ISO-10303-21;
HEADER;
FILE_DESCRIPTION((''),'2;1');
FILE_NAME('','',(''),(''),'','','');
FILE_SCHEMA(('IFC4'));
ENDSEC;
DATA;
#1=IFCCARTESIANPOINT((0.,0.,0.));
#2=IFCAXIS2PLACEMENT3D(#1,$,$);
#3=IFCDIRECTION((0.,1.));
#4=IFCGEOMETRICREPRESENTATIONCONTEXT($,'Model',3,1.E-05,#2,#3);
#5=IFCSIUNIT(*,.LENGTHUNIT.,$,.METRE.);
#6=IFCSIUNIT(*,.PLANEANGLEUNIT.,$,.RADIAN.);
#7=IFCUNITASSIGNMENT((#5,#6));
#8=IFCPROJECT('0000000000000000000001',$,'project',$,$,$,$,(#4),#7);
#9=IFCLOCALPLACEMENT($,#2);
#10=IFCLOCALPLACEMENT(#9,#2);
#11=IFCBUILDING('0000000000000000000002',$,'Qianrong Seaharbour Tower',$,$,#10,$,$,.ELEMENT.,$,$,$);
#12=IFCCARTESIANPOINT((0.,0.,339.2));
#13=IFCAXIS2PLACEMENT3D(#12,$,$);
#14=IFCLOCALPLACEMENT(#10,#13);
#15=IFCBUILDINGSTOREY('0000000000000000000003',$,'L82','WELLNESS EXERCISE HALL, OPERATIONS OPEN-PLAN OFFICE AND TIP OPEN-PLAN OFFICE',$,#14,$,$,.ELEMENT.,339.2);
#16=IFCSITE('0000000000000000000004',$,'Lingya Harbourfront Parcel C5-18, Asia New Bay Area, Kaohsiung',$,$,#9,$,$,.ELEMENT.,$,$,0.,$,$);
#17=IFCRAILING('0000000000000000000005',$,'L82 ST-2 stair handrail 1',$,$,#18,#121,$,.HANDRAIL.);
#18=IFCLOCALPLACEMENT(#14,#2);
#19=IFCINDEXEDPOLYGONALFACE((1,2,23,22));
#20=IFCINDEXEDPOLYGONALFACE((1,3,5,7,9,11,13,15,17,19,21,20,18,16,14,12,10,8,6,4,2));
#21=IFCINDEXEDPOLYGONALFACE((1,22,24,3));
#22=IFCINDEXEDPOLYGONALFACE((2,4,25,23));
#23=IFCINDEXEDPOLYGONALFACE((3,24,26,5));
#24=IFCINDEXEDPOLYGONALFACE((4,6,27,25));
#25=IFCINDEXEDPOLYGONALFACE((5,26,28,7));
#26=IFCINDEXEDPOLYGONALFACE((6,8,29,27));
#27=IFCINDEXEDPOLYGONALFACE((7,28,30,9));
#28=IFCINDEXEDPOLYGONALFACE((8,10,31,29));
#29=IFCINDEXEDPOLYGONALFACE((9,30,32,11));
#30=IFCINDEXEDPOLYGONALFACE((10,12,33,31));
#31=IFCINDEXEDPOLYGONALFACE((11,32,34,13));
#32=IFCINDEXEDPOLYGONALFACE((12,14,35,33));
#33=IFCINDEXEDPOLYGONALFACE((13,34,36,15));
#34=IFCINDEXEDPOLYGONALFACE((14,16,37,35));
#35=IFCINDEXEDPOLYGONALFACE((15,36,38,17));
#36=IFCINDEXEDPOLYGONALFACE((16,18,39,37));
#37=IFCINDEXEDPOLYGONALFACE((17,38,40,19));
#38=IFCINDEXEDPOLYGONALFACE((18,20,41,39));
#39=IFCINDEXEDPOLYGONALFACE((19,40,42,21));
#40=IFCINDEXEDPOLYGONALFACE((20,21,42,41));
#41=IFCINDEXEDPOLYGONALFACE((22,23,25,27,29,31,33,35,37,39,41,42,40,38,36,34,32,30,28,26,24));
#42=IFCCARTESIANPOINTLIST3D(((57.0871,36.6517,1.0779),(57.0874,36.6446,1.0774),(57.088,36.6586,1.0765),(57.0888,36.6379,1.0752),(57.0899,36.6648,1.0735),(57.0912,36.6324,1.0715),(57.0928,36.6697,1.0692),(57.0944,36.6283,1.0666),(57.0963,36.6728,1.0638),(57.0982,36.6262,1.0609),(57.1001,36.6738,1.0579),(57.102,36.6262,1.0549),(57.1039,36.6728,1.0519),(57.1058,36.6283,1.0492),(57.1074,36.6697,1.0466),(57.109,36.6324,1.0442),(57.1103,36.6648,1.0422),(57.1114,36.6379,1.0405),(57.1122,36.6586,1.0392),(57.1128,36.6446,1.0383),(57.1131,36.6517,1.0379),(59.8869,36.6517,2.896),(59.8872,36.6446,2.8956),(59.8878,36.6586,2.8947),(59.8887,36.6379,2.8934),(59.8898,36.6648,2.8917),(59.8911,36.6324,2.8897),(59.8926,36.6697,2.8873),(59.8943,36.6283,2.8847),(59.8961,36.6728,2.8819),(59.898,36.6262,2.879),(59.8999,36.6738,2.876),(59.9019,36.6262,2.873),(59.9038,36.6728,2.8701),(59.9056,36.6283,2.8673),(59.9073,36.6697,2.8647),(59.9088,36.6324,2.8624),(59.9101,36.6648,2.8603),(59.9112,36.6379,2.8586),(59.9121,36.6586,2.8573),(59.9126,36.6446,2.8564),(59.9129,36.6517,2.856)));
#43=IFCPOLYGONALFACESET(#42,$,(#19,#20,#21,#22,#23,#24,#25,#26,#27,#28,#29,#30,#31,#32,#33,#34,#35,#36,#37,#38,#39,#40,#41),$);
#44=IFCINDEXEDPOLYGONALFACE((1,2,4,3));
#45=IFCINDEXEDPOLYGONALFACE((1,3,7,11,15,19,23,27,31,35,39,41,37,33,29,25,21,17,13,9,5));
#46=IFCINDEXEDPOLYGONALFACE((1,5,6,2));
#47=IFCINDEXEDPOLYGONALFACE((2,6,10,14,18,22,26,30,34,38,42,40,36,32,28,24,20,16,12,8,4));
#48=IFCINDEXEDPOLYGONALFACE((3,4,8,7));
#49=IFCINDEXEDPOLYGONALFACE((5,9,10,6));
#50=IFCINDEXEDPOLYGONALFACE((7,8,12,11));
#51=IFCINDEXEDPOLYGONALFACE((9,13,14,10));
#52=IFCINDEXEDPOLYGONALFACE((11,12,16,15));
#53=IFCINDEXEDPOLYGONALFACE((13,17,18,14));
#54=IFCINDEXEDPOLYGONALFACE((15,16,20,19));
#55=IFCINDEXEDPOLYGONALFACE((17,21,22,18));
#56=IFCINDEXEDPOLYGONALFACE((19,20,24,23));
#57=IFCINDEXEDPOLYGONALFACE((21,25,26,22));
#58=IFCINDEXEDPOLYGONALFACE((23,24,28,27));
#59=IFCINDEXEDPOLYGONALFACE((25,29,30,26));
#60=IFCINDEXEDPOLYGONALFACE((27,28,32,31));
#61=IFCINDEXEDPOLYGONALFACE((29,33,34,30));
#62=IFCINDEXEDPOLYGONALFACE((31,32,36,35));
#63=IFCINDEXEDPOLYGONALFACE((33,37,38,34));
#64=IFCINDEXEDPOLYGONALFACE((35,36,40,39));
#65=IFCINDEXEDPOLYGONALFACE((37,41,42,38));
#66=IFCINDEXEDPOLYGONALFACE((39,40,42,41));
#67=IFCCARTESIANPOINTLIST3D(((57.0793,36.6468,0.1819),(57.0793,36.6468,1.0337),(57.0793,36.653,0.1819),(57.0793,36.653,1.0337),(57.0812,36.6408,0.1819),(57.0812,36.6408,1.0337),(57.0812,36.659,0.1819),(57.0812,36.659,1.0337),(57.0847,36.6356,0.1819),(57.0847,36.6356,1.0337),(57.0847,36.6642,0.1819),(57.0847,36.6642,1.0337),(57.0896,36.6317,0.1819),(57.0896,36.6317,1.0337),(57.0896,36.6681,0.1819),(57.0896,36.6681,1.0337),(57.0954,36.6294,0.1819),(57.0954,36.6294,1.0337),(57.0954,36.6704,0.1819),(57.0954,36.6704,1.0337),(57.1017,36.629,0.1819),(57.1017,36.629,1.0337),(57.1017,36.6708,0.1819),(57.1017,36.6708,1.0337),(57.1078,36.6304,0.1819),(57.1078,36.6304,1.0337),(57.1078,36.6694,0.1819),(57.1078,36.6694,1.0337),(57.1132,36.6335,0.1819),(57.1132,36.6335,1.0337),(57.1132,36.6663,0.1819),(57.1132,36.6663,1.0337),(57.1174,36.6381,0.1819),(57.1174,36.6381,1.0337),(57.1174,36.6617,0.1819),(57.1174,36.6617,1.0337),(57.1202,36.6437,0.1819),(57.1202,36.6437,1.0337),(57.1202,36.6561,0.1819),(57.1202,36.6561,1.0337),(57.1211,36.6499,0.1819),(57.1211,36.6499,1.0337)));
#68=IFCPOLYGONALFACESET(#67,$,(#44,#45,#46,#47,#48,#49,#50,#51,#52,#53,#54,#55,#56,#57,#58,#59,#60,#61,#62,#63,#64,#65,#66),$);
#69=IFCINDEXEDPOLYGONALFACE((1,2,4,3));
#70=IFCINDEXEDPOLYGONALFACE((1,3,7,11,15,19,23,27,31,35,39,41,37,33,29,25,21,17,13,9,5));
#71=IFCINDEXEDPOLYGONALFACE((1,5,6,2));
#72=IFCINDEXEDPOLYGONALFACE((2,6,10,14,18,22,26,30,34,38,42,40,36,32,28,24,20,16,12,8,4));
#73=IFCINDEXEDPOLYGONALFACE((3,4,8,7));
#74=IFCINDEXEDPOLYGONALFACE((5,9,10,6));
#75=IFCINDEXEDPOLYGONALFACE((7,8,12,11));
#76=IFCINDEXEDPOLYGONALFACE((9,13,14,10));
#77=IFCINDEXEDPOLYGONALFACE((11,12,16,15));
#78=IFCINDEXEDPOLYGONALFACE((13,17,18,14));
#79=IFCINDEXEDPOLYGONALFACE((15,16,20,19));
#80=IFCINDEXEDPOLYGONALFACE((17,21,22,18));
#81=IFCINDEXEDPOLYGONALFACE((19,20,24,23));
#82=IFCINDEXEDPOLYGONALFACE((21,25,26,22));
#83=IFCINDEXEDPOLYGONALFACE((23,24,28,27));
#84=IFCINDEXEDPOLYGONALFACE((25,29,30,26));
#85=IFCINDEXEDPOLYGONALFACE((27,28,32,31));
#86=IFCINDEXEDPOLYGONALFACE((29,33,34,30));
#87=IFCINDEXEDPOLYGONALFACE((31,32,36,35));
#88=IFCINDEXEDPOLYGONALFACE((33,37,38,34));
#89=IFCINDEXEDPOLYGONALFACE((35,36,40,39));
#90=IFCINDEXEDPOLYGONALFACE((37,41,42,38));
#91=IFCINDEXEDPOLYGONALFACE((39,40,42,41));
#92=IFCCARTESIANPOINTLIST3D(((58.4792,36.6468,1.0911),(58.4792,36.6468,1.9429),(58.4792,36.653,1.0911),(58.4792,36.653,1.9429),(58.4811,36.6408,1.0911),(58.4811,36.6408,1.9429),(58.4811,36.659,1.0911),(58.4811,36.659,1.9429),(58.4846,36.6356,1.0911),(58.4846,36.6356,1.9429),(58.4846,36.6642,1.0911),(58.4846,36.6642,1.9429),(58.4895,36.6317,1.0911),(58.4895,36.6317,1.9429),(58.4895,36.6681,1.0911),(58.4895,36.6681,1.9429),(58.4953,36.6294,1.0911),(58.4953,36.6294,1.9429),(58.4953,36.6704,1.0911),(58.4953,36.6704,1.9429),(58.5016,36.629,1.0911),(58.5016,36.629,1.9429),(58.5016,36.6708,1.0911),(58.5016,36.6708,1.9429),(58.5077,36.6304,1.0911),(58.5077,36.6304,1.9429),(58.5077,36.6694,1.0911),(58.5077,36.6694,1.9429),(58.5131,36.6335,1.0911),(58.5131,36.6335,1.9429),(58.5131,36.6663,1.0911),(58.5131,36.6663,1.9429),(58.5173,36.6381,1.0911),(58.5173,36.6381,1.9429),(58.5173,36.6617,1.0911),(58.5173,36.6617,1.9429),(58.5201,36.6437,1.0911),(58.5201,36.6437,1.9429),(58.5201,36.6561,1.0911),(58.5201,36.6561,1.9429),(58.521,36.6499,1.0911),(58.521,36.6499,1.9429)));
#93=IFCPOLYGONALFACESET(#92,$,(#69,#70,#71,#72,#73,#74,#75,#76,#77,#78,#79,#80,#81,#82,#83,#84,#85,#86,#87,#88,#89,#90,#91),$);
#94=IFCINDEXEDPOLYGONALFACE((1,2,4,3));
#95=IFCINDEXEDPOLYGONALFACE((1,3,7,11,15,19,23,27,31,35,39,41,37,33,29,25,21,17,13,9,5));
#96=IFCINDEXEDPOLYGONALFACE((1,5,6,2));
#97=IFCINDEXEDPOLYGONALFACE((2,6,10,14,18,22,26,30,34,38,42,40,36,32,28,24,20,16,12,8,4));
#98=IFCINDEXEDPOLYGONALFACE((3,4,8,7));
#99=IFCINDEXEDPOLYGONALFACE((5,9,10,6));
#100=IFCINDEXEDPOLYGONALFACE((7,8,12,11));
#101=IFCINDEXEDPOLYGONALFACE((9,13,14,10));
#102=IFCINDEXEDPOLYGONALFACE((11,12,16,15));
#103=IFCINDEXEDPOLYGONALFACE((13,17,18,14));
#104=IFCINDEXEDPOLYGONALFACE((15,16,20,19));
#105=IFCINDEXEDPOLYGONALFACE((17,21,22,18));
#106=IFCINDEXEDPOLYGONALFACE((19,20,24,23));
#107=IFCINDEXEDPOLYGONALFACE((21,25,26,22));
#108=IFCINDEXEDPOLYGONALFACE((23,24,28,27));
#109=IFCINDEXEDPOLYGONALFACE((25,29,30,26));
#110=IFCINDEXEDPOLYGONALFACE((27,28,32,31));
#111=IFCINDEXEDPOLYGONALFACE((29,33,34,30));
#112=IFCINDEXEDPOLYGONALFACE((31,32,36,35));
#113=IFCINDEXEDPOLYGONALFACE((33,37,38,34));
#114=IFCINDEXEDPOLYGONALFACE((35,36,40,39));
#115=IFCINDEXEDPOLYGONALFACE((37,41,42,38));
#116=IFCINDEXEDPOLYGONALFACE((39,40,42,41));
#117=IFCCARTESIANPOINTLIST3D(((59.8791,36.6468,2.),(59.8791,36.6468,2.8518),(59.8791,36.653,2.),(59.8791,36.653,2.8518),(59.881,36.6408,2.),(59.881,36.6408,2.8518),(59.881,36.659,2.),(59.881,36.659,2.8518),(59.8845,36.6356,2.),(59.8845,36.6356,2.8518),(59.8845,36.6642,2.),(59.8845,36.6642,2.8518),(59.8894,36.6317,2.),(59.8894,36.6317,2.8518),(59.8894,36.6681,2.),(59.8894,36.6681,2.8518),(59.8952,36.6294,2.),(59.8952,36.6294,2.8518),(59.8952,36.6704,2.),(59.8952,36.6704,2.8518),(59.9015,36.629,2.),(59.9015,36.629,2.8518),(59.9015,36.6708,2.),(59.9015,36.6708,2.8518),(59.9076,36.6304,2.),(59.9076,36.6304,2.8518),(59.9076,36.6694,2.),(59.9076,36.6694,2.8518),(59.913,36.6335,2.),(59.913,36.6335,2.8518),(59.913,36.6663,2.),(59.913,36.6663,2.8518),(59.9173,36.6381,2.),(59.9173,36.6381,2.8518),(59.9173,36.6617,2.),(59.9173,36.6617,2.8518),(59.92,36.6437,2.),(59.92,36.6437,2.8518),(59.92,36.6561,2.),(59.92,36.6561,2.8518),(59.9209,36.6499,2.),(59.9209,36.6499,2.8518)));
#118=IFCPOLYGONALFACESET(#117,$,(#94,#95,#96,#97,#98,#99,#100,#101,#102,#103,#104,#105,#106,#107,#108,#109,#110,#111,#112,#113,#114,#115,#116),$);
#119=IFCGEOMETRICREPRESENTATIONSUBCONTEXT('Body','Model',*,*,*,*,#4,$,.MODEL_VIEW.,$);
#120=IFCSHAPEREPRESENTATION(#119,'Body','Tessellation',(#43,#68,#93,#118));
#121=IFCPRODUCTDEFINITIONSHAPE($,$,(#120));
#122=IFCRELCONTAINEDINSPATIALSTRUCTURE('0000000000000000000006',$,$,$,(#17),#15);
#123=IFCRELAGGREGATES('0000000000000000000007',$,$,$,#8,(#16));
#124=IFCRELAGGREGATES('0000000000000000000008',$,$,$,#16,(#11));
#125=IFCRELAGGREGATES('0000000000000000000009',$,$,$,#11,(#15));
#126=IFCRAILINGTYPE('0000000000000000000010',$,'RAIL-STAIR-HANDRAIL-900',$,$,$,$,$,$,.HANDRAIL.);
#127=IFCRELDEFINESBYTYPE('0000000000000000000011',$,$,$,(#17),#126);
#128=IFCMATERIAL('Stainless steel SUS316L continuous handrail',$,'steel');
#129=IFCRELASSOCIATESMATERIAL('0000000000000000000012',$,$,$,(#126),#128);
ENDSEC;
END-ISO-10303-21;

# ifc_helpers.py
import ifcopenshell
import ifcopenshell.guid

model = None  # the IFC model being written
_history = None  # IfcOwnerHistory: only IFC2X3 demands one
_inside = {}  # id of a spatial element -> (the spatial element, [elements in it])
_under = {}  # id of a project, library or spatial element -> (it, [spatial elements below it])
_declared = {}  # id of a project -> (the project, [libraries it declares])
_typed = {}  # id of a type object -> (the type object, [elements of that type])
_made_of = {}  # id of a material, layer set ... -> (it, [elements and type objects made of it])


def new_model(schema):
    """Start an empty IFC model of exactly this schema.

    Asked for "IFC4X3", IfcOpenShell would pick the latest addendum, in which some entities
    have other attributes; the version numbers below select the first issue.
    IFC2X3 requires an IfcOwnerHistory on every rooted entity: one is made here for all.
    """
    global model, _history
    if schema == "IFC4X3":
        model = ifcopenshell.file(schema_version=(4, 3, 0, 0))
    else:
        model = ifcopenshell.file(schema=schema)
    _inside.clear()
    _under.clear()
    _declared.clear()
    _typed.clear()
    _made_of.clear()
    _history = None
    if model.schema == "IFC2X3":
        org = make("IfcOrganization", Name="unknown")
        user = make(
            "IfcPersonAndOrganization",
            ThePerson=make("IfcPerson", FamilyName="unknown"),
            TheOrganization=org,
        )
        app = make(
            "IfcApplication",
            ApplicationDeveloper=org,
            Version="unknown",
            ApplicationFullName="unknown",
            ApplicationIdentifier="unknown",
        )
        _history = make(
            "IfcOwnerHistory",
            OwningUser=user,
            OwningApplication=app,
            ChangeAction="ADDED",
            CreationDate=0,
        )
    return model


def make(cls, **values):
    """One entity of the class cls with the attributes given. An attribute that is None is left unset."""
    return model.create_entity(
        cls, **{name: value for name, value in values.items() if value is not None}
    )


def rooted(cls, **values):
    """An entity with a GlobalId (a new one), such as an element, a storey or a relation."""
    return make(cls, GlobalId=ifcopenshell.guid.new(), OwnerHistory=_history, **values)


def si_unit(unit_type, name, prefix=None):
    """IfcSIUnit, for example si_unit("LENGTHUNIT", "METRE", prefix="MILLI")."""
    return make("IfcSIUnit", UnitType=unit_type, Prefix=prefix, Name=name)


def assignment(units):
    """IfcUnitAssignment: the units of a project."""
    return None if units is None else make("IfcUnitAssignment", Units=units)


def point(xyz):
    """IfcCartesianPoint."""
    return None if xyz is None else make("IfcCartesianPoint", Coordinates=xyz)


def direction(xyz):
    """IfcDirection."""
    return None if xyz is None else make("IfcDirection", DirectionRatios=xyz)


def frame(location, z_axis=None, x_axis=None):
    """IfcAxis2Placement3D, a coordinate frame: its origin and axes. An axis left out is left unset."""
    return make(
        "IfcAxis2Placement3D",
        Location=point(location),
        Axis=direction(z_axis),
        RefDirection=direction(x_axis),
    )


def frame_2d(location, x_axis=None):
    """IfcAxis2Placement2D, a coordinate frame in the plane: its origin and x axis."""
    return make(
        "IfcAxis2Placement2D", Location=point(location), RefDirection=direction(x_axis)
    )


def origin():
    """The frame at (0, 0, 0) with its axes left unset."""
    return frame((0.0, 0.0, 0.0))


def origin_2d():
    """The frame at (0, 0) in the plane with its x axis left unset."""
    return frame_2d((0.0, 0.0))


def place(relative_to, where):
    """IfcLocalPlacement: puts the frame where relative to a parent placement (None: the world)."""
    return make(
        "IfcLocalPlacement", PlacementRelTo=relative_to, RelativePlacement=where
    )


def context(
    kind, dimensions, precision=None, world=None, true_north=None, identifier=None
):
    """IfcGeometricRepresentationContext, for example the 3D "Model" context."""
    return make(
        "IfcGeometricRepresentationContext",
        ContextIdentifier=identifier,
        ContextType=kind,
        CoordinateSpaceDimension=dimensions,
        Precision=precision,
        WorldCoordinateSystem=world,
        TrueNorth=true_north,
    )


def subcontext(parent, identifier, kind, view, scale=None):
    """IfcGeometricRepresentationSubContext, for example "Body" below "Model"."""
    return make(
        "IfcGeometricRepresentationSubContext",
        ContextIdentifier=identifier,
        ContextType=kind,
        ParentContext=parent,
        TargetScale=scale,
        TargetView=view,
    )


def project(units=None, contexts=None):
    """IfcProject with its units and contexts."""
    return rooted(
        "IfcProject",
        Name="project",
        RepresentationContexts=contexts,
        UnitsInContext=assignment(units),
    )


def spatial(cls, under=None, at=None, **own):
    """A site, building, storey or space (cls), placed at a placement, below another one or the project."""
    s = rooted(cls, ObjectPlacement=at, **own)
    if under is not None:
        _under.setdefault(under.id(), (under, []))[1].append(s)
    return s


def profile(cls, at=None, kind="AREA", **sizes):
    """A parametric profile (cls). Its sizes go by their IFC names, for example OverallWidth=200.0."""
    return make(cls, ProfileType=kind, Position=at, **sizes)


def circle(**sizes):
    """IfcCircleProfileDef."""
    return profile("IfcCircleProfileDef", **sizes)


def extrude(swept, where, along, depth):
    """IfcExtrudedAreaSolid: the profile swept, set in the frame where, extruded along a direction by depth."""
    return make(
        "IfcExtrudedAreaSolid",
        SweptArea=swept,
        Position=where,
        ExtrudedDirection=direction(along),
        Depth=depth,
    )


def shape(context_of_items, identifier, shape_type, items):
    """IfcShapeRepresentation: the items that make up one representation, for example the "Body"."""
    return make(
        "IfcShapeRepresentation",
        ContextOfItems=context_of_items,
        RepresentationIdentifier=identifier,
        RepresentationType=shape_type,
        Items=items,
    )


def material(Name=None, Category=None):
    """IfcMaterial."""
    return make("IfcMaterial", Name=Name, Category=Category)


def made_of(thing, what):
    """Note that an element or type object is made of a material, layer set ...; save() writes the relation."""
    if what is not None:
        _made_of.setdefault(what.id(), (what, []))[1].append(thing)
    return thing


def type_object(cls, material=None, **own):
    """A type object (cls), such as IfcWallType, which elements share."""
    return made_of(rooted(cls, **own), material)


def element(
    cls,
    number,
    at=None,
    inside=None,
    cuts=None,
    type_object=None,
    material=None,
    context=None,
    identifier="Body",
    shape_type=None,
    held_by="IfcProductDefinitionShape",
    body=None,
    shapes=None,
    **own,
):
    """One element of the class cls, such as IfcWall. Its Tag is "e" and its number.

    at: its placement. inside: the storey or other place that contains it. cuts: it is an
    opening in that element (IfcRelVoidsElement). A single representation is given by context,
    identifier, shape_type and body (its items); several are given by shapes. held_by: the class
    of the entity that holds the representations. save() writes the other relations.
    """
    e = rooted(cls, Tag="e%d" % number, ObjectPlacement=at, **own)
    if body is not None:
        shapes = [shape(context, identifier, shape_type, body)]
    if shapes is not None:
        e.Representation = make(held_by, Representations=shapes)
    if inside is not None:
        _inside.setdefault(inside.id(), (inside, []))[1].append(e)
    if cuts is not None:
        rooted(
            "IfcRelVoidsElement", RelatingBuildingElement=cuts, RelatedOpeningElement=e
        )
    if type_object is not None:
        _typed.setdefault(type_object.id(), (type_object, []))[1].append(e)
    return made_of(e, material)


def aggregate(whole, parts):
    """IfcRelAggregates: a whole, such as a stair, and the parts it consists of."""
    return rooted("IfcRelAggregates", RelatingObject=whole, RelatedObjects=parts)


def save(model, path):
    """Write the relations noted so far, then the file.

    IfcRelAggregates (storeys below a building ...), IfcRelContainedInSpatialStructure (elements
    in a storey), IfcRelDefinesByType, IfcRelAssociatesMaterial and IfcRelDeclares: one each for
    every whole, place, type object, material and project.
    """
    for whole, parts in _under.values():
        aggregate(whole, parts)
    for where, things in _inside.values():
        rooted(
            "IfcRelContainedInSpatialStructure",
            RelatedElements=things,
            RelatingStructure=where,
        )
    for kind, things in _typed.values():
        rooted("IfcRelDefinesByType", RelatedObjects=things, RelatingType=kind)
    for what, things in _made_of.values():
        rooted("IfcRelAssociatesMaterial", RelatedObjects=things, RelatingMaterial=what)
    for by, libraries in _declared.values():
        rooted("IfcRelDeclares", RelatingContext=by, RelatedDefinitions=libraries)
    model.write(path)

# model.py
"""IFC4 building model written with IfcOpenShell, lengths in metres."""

from ifc_helpers import new_model, si_unit, direction, frame, origin, origin_2d, place, context, subcontext, project, spatial, circle, extrude, material, type_object, element, save


model = new_model("IFC4")

# Units and contexts
model_context = context("Model", 3, precision=1e-05, world=origin(), true_north=direction((0.0, 1.0)))
body_context = subcontext(model_context, "Body", "Model", "MODEL_VIEW")
ifc_project = project(units=[si_unit("LENGTHUNIT", "METRE"), si_unit("PLANEANGLEUNIT", "RADIAN")], contexts=[model_context])

# Site, building, storey
site_placement = place(None, origin())
site = spatial("IfcSite", under=ifc_project, at=site_placement, Name="Lingya Harbourfront Parcel C5-18, Asia New Bay Area, Kaohsiung", CompositionType="ELEMENT", RefElevation=0.0)
building_placement = place(site_placement, origin())
building = spatial("IfcBuilding", under=site, at=building_placement, Name="Qianrong Seaharbour Tower", CompositionType="ELEMENT")
storey_placement = place(building_placement, frame((0.0, 0.0, 339.2)))
storey = spatial("IfcBuildingStorey", under=building, at=storey_placement, Name="L82", Description="WELLNESS EXERCISE HALL, OPERATIONS OPEN-PLAN OFFICE AND TIP OPEN-PLAN OFFICE", CompositionType="ELEMENT", Elevation=339.2)

# Railing
ifc_material_1 = material(Name="Stainless steel SUS316L continuous handrail", Category="steel")
railing_type_1 = type_object("IfcRailingType", Name="RAIL-STAIR-HANDRAIL-900", PredefinedType="HANDRAIL", material=ifc_material_1)
railing_1_placement = place(storey_placement, frame((57.1001, 36.6499, 0.1819)))
element("IfcRailing", 1, at=railing_1_placement, inside=storey, type_object=railing_type_1, Name="L82 ST-2 stair handrail 1", PredefinedType="HANDRAIL", context=body_context, shape_type="SweptSolid", body=[
    extrude(circle(Radius=0.0239, at=origin_2d()), frame((0.0, 0.0, 0.876), z_axis=(0.838684, 0.0, 0.544618), x_axis=(0.0, 1.0, 0.0)), (0.0, 0.0, 1.0), 3.3384),
    extrude(circle(Radius=0.021, at=origin_2d()), origin(), (0.0, 0.0, 1.0), 0.8518),
    extrude(circle(Radius=0.021, at=origin_2d()), frame((1.3999, 0.0, 0.9092)), (0.0, 0.0, 1.0), 0.8518),
    extrude(circle(Radius=0.021, at=origin_2d()), frame((2.7998, 0.0, 1.8181)), (0.0, 0.0, 1.0), 0.8518),
])

save(model, "model.ifc")
